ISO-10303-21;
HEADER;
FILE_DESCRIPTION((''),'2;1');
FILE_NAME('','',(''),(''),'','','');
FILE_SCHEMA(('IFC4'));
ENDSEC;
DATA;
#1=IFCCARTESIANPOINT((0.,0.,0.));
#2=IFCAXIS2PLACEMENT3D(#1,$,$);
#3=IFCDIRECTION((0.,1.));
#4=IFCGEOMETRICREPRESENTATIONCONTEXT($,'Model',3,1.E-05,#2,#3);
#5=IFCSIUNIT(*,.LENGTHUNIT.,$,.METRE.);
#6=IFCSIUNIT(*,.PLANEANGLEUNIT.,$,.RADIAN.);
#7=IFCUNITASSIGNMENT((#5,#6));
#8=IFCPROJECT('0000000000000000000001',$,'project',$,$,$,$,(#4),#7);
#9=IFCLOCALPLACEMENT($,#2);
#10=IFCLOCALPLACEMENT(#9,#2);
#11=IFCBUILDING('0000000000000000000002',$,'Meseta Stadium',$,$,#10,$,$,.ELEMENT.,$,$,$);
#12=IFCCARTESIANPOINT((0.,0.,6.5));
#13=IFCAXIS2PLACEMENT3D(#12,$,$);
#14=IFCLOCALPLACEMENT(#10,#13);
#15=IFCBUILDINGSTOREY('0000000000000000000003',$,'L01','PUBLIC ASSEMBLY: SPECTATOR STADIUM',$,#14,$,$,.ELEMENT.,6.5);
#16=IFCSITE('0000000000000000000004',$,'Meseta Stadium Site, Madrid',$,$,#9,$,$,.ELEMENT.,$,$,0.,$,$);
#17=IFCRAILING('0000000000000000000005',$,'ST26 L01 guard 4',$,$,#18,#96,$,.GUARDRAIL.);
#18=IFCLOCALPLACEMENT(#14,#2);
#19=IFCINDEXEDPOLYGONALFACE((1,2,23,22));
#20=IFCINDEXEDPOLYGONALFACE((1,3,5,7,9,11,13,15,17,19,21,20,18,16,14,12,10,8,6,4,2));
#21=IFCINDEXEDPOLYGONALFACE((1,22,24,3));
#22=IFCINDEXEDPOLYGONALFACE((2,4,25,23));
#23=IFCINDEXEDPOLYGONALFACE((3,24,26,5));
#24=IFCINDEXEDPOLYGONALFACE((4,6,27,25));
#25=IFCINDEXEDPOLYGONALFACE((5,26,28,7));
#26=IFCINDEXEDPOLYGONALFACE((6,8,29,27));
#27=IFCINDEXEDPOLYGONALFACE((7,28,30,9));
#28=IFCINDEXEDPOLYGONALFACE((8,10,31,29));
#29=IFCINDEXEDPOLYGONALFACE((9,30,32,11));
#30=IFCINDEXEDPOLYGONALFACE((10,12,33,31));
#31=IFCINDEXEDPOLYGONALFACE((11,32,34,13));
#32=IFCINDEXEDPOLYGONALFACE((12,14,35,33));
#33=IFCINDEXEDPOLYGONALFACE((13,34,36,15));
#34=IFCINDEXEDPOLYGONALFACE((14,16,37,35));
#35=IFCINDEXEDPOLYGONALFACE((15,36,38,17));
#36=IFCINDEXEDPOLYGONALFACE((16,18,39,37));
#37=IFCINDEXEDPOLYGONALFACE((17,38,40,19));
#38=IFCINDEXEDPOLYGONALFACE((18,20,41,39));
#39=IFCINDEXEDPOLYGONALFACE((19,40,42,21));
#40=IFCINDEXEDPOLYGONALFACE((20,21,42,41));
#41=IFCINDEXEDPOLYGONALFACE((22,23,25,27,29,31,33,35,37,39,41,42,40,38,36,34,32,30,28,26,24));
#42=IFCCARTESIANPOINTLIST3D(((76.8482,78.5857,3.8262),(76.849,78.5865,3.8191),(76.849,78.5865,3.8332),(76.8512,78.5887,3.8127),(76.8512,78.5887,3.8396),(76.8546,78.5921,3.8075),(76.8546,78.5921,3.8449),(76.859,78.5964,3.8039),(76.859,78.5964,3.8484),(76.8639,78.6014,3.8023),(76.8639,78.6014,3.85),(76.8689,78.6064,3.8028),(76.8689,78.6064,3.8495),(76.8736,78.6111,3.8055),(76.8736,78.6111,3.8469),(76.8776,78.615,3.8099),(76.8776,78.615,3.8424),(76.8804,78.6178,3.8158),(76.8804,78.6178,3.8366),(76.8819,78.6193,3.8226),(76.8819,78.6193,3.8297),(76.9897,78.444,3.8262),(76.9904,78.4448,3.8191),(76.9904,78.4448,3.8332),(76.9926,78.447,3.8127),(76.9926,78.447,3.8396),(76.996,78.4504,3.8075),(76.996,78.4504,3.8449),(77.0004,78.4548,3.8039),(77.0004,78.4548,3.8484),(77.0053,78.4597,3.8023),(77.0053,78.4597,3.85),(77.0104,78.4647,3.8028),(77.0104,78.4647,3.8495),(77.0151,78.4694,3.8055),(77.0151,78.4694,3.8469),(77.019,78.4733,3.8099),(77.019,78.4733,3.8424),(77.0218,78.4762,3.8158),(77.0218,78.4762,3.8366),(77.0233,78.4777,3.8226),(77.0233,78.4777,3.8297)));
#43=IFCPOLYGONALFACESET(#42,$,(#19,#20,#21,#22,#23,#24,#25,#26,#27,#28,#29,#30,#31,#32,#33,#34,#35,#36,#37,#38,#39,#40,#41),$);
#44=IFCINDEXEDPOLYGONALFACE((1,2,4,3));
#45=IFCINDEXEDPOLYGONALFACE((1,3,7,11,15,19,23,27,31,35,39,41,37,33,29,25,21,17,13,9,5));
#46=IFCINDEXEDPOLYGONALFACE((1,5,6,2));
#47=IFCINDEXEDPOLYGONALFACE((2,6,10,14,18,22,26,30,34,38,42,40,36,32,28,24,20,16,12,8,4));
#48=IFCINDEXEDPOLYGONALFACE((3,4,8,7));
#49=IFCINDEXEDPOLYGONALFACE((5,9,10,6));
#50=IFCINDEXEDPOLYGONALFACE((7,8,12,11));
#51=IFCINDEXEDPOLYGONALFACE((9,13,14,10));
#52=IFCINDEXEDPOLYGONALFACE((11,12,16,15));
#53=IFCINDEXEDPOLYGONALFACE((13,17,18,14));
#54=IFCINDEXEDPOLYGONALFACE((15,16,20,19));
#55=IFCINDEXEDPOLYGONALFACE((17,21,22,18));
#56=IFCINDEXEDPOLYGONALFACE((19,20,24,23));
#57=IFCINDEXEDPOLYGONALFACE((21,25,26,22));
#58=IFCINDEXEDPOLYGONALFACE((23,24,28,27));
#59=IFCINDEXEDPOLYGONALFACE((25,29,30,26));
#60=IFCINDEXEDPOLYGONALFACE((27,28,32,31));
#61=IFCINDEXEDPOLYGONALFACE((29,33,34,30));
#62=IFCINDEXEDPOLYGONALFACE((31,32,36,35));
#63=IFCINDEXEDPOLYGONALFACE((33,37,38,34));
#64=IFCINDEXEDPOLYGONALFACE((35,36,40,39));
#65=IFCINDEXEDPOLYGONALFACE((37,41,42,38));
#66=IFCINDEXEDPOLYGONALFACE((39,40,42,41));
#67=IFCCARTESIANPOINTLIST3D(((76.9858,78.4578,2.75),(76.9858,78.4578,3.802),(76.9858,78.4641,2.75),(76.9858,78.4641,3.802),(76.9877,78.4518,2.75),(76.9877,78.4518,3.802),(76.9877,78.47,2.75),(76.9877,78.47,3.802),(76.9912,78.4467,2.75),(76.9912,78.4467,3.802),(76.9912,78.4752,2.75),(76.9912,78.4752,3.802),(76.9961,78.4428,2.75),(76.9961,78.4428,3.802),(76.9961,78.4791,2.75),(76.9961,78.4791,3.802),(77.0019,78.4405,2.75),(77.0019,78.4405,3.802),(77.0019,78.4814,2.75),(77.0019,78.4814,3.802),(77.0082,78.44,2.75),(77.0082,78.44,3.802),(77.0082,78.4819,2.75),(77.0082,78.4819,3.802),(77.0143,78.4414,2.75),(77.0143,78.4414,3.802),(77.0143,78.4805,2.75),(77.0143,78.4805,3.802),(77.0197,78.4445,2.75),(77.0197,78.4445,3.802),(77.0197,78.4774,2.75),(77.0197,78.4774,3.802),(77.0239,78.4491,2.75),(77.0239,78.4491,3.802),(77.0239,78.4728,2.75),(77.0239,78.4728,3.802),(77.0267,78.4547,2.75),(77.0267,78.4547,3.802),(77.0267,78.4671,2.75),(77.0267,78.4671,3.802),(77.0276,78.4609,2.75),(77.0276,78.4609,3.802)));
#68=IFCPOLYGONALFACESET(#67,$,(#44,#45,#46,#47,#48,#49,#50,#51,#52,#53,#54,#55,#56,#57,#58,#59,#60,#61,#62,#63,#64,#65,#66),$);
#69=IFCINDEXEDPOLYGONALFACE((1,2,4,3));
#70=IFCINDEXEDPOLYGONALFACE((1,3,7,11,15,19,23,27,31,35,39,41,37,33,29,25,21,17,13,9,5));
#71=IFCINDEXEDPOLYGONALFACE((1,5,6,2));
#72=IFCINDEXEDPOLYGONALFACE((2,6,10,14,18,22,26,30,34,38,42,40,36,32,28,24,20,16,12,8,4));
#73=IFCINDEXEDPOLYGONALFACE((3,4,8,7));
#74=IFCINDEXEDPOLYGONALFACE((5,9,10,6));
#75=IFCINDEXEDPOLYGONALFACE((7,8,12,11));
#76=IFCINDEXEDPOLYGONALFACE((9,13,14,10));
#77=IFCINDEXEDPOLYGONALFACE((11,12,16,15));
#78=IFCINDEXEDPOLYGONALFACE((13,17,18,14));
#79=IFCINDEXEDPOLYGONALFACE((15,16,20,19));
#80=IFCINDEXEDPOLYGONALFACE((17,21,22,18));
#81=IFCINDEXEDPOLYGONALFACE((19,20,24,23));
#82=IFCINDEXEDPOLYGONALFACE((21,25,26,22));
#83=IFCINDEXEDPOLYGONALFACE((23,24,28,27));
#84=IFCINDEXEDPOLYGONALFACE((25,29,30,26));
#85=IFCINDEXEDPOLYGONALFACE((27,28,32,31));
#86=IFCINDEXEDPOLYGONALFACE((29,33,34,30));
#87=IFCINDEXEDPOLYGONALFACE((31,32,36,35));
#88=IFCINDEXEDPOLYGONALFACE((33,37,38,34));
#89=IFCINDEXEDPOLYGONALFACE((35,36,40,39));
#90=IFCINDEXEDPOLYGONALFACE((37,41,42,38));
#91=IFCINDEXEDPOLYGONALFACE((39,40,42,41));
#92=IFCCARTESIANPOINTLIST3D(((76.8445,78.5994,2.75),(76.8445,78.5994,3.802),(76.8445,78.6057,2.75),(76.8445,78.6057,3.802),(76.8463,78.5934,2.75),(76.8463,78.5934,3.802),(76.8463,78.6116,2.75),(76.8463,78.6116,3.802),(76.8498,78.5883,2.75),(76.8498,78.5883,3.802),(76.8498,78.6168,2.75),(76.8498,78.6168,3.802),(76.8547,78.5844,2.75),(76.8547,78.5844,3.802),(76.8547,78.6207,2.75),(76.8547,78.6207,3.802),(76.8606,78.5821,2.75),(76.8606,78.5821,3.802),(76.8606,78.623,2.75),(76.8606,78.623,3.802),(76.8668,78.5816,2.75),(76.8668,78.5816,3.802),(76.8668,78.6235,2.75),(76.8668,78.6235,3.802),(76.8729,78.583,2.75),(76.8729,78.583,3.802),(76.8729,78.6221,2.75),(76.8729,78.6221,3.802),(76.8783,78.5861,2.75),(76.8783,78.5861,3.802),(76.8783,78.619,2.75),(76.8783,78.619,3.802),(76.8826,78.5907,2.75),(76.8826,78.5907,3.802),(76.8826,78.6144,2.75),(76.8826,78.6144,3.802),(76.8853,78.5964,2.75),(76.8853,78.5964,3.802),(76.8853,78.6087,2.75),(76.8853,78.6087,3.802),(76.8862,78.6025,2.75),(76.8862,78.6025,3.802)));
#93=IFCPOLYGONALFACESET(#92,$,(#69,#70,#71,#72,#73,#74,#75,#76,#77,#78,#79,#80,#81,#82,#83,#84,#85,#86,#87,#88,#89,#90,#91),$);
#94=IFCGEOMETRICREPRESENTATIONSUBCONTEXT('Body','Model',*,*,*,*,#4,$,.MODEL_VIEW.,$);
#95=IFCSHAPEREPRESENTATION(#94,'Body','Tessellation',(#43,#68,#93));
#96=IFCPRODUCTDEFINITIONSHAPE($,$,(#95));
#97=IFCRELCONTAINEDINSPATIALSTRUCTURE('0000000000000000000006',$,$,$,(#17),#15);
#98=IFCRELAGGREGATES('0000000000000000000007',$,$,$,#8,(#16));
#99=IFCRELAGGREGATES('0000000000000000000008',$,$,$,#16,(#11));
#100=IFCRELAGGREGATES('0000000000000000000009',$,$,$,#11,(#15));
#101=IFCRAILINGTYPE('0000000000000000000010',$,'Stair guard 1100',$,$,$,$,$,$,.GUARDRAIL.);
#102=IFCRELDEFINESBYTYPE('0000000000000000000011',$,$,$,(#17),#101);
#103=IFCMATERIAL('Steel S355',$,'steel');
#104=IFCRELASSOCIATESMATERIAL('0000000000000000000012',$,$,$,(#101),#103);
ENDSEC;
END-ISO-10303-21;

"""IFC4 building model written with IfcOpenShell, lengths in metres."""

from ifc_helpers import new_model, si_unit, direction, frame, origin, origin_2d, place, context, subcontext, project, spatial, circle, extrude, material, type_object, element, save


model = new_model("IFC4")

# Units and contexts
model_context = context("Model", 3, precision=1e-05, world=origin(), true_north=direction((0.0, 1.0)))
body_context = subcontext(model_context, "Body", "Model", "MODEL_VIEW")
ifc_project = project(units=[si_unit("LENGTHUNIT", "METRE"), si_unit("PLANEANGLEUNIT", "RADIAN")], contexts=[model_context])

# Site, building, storey
site_placement = place(None, origin())
site = spatial("IfcSite", under=ifc_project, at=site_placement, Name="Meseta Stadium Site, Madrid", CompositionType="ELEMENT", RefElevation=0.0)
building_placement = place(site_placement, origin())
building = spatial("IfcBuilding", under=site, at=building_placement, Name="Meseta Stadium", CompositionType="ELEMENT")
storey_placement = place(building_placement, frame((0.0, 0.0, 6.5)))
storey = spatial("IfcBuildingStorey", under=building, at=storey_placement, Name="L01", Description="PUBLIC ASSEMBLY: SPECTATOR STADIUM", CompositionType="ELEMENT", Elevation=6.5)

# Railing
ifc_material_1 = material(Name="Steel S355", Category="steel")
railing_type_1 = type_object("IfcRailingType", Name="Stair guard 1100", PredefinedType="GUARDRAIL", material=ifc_material_1)
railing_1_placement = place(storey_placement, frame((77.0066, 78.4609, 2.75)))
element("IfcRailing", 1, at=railing_1_placement, inside=storey, type_object=railing_type_1, Name="ST26 L01 guard 4", PredefinedType="GUARDRAIL", context=body_context, shape_type="SweptSolid", body=[
    extrude(circle(Radius=0.0239, at=origin_2d()), frame((0.0, 0.0, 1.0762), z_axis=(-0.706496, 0.707717, 0.0), x_axis=(-0.707717, -0.706496, 0.0)), (0.0, 0.0, 1.0), 0.2002),
    extrude(circle(Radius=0.021, at=origin_2d()), origin(), (0.0, 0.0, 1.0), 1.052),
    extrude(circle(Radius=0.021, at=origin_2d()), frame((-0.1414, 0.1416, 0.0)), (0.0, 0.0, 1.0), 1.052),
])

save(model, "model.ifc")
